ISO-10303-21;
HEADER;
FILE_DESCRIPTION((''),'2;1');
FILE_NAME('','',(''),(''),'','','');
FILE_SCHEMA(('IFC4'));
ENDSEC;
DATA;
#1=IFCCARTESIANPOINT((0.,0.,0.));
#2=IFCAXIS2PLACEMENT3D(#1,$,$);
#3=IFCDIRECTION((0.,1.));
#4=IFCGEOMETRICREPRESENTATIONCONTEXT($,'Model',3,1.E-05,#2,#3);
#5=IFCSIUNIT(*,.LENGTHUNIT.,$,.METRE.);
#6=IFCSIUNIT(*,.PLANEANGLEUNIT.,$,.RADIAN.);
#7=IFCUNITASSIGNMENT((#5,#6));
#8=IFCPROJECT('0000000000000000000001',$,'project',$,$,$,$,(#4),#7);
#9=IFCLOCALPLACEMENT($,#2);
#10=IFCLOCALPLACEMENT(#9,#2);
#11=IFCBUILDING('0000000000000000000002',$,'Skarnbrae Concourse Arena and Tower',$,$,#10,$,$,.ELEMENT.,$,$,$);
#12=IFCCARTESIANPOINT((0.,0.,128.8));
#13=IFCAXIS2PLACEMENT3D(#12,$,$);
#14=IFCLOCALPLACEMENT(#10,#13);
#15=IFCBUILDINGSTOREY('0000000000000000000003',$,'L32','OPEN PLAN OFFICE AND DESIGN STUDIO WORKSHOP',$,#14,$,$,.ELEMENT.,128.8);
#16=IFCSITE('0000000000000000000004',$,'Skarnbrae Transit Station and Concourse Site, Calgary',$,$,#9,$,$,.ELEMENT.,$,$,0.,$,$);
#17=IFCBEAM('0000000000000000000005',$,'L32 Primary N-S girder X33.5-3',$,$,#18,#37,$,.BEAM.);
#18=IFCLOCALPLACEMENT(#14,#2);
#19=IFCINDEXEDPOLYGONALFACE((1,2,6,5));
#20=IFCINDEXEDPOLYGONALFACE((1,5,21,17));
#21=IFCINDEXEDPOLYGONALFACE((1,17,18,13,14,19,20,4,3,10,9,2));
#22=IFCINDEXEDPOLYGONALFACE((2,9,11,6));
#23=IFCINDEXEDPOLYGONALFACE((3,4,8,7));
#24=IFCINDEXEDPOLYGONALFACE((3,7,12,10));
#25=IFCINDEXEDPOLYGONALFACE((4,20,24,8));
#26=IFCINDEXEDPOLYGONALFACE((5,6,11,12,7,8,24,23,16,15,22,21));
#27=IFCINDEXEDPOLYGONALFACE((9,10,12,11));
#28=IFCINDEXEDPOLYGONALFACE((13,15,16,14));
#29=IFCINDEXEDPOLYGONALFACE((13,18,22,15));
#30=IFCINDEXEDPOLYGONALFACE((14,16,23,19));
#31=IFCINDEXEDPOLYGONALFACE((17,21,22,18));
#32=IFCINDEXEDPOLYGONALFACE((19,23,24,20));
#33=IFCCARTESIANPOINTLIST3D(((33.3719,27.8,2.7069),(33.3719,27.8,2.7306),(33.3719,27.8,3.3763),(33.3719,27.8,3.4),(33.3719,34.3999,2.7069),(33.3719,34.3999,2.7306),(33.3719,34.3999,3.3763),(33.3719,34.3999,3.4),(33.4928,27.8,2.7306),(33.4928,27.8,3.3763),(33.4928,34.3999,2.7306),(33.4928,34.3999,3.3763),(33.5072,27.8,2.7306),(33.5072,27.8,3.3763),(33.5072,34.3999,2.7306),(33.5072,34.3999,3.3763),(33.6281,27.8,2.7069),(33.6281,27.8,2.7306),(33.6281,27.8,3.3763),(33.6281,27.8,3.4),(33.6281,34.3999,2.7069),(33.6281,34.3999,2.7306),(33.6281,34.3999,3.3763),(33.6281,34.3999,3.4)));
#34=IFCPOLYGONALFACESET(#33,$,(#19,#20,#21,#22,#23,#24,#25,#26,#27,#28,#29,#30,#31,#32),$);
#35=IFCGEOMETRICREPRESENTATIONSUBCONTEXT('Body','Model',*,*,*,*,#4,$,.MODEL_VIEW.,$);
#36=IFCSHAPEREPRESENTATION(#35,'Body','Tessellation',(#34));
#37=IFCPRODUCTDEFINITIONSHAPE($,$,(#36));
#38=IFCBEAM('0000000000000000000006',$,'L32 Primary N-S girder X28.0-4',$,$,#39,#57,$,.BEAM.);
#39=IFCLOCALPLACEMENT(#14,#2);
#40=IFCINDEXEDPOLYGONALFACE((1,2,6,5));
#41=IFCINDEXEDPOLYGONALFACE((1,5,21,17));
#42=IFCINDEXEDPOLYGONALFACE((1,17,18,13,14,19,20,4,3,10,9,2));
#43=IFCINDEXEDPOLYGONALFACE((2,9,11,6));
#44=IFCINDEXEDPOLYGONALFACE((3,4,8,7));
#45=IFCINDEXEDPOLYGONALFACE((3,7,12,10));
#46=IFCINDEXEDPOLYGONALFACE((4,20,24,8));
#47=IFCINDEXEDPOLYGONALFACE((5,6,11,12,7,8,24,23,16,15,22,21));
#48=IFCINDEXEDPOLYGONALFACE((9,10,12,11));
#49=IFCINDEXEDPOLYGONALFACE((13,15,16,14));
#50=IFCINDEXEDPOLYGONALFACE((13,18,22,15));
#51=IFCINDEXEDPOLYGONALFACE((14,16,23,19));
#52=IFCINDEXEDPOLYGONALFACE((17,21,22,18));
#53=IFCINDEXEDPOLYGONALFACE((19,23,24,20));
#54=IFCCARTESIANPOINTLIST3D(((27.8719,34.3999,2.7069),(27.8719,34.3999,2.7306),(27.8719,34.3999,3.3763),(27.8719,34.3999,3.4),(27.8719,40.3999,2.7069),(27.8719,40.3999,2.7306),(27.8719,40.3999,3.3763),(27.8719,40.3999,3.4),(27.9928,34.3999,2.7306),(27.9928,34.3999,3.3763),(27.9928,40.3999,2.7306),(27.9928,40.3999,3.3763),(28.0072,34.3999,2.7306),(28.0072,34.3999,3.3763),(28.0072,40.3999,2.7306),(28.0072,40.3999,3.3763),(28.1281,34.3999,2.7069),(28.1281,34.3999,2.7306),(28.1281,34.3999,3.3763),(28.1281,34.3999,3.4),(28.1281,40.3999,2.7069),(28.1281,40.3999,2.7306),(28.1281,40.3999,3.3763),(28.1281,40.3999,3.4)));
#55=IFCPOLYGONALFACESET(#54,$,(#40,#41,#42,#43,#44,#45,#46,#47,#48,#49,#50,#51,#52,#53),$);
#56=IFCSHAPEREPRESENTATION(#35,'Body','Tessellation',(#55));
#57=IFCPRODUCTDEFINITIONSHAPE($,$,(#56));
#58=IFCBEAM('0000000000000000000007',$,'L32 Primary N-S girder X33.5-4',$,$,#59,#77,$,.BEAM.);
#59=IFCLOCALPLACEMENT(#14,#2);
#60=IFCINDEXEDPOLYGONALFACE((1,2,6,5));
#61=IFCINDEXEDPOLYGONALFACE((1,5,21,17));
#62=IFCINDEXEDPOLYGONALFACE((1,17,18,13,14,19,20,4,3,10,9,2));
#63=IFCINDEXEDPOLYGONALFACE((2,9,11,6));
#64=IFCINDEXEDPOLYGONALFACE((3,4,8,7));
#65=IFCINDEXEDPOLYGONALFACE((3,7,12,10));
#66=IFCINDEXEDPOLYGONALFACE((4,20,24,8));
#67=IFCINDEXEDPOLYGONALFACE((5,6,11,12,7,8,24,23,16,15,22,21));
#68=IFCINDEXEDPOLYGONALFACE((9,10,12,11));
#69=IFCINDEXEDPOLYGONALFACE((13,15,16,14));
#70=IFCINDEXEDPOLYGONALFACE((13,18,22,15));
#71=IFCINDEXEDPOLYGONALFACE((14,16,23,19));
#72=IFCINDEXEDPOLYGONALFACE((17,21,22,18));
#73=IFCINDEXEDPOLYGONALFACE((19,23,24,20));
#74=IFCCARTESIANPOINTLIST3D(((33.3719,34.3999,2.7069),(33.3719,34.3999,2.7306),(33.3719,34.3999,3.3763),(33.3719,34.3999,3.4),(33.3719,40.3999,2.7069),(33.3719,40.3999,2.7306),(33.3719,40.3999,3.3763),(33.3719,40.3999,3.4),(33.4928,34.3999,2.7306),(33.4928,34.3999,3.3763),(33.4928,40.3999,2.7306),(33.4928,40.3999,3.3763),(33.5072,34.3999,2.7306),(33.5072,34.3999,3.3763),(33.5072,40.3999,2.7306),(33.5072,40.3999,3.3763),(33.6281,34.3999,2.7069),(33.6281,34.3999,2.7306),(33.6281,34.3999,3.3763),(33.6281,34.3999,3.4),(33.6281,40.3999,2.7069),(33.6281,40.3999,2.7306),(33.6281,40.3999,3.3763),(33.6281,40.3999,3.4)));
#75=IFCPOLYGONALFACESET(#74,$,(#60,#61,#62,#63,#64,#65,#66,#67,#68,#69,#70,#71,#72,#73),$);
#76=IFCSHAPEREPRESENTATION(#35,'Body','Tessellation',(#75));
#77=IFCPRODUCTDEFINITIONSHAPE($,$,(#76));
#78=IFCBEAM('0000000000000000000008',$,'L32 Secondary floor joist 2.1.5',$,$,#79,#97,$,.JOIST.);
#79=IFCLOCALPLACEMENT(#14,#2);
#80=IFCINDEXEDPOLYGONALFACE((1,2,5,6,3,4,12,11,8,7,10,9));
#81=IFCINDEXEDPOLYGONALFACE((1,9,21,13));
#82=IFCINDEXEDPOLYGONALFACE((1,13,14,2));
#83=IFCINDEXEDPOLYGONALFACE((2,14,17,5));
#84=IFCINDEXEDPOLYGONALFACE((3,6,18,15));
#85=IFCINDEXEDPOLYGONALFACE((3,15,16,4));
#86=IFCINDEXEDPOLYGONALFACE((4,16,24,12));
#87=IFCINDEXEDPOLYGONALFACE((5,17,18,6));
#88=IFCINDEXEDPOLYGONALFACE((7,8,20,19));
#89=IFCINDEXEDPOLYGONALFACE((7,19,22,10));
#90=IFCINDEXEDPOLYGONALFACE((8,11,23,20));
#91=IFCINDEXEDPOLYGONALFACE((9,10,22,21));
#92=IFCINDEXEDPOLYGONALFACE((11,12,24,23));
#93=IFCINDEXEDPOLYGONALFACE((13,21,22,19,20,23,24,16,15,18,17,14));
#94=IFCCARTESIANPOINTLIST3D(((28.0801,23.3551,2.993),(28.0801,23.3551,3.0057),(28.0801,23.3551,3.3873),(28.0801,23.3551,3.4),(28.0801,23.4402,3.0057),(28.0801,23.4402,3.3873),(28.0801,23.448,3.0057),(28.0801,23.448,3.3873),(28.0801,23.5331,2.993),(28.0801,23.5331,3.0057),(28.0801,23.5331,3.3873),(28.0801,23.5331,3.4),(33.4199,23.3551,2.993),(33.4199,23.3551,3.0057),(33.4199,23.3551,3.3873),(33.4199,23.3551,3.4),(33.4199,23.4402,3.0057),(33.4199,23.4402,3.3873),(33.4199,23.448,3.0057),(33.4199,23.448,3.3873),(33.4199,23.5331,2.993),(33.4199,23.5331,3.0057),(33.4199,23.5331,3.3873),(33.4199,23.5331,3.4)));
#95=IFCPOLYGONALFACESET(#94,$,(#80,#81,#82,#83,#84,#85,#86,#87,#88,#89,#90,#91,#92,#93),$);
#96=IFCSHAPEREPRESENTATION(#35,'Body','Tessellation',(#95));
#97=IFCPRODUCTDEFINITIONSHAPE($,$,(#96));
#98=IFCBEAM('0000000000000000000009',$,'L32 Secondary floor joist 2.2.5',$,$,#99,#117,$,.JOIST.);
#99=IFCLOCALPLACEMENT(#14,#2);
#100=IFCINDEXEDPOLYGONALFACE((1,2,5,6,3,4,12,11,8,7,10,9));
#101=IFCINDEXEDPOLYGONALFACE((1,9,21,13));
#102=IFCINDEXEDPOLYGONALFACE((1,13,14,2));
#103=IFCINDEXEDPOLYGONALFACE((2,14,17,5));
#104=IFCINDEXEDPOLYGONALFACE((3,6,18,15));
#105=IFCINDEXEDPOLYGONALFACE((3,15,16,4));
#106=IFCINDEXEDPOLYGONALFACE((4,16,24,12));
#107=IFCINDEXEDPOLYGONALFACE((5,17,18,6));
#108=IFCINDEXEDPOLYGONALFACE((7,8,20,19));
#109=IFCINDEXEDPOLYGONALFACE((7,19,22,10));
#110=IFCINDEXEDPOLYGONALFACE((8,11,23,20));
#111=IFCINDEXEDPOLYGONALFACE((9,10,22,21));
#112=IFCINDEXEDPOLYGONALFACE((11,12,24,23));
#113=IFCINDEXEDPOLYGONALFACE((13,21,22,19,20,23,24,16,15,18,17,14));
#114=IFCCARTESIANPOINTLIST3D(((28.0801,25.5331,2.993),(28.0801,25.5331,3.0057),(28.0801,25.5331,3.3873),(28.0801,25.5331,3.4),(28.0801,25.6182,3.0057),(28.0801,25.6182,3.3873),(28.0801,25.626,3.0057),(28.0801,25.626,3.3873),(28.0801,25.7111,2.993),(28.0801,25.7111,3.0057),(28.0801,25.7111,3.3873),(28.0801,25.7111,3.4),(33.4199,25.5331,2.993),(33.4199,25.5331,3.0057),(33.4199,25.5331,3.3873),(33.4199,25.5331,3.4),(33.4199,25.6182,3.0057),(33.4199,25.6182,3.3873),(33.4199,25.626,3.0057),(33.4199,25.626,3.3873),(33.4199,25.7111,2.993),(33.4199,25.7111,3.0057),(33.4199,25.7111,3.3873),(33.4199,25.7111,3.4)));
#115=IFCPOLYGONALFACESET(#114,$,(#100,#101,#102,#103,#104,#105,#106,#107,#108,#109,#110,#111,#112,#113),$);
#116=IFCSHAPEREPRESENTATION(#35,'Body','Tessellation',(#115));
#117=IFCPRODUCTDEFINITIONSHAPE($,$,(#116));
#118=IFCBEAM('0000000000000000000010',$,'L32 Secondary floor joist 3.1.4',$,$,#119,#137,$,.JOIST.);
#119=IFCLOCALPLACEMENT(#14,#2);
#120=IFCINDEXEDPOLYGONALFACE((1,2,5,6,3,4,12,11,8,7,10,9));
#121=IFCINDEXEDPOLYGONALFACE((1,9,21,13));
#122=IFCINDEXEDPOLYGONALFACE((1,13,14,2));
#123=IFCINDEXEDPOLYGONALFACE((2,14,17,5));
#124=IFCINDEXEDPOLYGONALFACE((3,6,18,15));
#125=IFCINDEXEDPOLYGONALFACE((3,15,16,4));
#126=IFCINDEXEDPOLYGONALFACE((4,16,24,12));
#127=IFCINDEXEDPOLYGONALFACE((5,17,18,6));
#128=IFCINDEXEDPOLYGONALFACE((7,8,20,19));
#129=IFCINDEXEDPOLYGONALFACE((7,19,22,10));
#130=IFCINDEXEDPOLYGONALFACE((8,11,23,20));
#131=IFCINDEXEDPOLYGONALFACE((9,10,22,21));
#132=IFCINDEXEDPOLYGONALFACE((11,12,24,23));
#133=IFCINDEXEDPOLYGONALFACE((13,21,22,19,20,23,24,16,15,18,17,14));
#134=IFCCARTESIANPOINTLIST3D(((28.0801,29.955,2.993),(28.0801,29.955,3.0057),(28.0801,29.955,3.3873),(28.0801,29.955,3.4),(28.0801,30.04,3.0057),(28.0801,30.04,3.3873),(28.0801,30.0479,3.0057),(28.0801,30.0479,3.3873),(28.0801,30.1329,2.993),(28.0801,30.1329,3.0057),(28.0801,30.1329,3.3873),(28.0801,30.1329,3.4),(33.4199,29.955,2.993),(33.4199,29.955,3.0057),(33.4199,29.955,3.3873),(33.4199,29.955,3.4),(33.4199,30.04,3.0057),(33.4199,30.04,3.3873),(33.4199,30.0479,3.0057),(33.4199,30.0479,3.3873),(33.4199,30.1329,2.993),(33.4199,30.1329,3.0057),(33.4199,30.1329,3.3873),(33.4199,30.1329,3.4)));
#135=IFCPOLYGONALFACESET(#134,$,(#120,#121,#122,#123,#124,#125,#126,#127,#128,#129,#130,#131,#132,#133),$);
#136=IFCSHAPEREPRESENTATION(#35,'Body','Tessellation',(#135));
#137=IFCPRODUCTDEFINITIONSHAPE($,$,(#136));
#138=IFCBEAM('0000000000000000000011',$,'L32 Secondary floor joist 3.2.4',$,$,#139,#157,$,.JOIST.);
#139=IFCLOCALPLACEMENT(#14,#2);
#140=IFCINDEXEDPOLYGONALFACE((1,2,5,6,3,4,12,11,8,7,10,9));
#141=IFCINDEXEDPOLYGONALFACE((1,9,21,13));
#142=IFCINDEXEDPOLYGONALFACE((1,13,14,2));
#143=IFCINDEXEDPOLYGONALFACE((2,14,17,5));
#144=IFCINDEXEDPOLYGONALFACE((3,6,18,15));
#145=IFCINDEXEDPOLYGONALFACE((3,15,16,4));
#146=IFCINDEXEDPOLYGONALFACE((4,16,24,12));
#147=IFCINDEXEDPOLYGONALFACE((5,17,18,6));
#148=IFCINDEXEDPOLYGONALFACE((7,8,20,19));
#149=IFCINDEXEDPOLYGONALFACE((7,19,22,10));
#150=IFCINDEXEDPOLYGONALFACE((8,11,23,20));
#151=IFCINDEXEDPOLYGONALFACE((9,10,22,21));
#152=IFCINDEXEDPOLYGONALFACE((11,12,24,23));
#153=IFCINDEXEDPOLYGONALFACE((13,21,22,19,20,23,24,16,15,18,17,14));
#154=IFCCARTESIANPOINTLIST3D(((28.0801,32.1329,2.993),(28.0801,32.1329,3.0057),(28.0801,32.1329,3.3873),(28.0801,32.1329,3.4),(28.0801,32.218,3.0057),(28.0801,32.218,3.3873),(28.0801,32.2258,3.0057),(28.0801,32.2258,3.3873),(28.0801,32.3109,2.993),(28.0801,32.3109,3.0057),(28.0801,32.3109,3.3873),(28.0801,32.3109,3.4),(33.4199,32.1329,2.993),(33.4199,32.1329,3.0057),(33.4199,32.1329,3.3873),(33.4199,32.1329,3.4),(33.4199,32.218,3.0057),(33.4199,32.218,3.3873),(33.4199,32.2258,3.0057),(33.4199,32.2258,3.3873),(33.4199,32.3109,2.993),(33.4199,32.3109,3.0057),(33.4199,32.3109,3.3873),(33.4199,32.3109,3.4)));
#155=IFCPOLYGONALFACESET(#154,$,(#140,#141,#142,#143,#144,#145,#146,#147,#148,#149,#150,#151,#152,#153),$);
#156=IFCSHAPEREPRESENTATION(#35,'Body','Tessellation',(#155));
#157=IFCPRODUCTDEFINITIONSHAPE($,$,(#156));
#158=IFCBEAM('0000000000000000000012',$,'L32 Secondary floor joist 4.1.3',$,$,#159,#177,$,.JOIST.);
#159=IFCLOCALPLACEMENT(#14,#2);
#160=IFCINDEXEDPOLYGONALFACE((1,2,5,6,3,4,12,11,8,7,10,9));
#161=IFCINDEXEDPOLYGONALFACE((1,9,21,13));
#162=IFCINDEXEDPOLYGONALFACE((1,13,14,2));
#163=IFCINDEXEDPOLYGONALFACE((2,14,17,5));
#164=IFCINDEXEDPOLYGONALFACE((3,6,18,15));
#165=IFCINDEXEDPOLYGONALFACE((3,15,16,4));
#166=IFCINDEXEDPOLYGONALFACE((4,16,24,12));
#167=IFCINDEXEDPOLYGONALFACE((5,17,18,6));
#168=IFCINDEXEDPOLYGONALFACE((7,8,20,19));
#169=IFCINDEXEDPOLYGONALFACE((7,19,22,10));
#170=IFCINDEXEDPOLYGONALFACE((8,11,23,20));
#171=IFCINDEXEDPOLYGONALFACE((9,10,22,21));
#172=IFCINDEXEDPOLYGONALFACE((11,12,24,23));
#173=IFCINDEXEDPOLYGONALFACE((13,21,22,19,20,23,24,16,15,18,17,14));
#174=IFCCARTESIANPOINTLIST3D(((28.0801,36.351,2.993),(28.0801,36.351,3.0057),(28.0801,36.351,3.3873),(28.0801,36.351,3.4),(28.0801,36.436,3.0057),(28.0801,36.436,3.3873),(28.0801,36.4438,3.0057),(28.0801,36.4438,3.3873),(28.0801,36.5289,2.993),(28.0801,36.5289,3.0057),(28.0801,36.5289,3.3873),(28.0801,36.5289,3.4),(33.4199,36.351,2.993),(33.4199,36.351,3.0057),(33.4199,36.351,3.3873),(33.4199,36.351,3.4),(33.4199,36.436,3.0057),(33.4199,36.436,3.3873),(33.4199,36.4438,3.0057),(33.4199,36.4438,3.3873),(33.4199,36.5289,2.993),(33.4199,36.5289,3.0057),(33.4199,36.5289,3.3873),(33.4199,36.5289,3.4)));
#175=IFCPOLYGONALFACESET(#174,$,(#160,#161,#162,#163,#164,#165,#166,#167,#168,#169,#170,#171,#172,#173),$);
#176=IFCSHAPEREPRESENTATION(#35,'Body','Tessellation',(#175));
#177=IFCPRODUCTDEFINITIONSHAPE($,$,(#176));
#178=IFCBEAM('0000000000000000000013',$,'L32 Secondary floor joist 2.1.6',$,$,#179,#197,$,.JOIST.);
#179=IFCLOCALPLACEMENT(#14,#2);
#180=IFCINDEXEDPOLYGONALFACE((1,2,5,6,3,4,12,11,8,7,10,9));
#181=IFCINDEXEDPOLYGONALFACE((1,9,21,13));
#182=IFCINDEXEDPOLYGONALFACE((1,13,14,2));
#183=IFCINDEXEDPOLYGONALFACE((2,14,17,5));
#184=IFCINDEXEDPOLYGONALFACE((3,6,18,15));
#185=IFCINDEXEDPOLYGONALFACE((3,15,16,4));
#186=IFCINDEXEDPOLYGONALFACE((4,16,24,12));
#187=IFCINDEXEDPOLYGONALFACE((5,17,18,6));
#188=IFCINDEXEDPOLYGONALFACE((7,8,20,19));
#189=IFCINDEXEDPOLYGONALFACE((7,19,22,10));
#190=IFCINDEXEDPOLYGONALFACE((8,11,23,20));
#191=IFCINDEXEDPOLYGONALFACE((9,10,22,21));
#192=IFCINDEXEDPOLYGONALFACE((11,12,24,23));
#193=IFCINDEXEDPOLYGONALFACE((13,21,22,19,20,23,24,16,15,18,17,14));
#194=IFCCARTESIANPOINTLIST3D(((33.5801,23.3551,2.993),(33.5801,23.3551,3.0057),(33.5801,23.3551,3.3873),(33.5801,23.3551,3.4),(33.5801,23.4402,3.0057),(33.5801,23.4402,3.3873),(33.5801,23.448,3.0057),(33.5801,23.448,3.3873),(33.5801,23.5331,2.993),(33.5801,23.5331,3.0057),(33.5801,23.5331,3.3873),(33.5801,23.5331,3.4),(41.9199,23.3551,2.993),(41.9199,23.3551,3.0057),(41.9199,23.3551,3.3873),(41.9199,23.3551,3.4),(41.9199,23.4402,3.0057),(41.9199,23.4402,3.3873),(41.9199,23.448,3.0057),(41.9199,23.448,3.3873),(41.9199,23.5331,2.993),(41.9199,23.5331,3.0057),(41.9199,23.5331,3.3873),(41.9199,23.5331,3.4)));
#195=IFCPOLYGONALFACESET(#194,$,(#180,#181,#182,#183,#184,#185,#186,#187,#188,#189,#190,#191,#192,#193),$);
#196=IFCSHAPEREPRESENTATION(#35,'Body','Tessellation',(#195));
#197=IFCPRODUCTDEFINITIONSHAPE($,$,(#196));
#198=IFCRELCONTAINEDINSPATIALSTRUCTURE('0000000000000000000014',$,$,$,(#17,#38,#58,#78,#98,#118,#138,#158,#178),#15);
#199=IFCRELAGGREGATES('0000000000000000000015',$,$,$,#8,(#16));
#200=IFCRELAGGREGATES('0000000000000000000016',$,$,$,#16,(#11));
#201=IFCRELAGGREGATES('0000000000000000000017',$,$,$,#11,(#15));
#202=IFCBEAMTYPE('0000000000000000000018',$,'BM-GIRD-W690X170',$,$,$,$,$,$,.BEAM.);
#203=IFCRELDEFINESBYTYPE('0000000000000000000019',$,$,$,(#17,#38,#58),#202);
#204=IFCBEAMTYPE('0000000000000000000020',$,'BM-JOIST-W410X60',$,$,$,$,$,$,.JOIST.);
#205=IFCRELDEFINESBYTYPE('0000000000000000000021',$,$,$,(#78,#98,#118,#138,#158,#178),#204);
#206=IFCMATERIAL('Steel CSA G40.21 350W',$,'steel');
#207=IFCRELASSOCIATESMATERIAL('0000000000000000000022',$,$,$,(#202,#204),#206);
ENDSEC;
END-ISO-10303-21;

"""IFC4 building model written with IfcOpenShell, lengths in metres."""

from ifc_helpers import new_model, si_unit, direction, frame, origin, origin_2d, place, context, subcontext, project, spatial, i_section, extrude, source, transform, mapped, material, material_profile, profile_set, type_object, element, save


model = new_model("IFC4")

# Units and contexts
model_context = context("Model", 3, precision=1e-05, world=origin(), true_north=direction((0.0, 1.0)))
body_context = subcontext(model_context, "Body", "Model", "MODEL_VIEW")
ifc_project = project(units=[si_unit("LENGTHUNIT", "METRE"), si_unit("PLANEANGLEUNIT", "RADIAN")], contexts=[model_context])

# Site, building, storey
site_placement = place(None, origin())
site = spatial("IfcSite", under=ifc_project, at=site_placement, Name="Skarnbrae Transit Station and Concourse Site, Calgary", CompositionType="ELEMENT", RefElevation=0.0)
building_placement = place(site_placement, origin())
building = spatial("IfcBuilding", under=site, at=building_placement, Name="Skarnbrae Concourse Arena and Tower", CompositionType="ELEMENT")
storey_placement = place(building_placement, frame((0.0, 0.0, 128.8)))
storey = spatial("IfcBuildingStorey", under=building, at=storey_placement, Name="L32", Description="OPEN PLAN OFFICE AND DESIGN STUDIO WORKSHOP", CompositionType="ELEMENT", Elevation=128.8)

# Shared definitions
ifc_material_1 = material(Name="Steel CSA G40.21 350W", Category="steel")

# Beams
ifc_material_profile_1 = material_profile(ifc_material_1, i_section(OverallWidth=0.2561, OverallDepth=0.6931, WebThickness=0.0144, FlangeThickness=0.0237, at=origin_2d()), Name="W690X170")
ifc_profile_set_1 = profile_set([ifc_material_profile_1], Name="Steel CSA G40.21 350W")
beam_type_1 = type_object("IfcBeamType", Name="BM-GIRD-W690X170", PredefinedType="BEAM", material=ifc_profile_set_1)
shared_shape_1 = source(origin(), body_context, "Body", "SweptSolid", [
    extrude(i_section(OverallWidth=0.2561, OverallDepth=0.6931, WebThickness=0.0144, FlangeThickness=0.0237, at=origin_2d()), origin(), (0.0, 0.0, 1.0), 6.5999),
])
for number, where, z_axis, x_axis, name in (
    (1, (33.5, 27.8, 3.0535), (0.0, 1.0, 0.0), (-1.0, 0.0, 0.0), "L32 Primary N-S girder X33.5-3"),
):
    element("IfcBeam", number, at=place(storey_placement, frame(where, z_axis=z_axis, x_axis=x_axis)), inside=storey, type_object=beam_type_1, Name=name, PredefinedType="BEAM", context=body_context, shape_type="MappedRepresentation", body=[
        mapped(shared_shape_1, transform((0.0, 0.0, 0.0))),
    ])
shared_shape_2 = source(origin(), body_context, "Body", "SweptSolid", [
    extrude(i_section(OverallWidth=0.2561, OverallDepth=0.6931, WebThickness=0.0144, FlangeThickness=0.0237, at=origin_2d()), origin(), (0.0, 0.0, 1.0), 6.0),
])
for number, where, z_axis, x_axis, name in (
    (2, (28.0, 34.3999, 3.0535), (0.0, 1.0, 0.0), (-1.0, 0.0, 0.0), "L32 Primary N-S girder X28.0-4"),
    (3, (33.5, 34.3999, 3.0535), (0.0, 1.0, 0.0), (-1.0, 0.0, 0.0), "L32 Primary N-S girder X33.5-4"),
):
    element("IfcBeam", number, at=place(storey_placement, frame(where, z_axis=z_axis, x_axis=x_axis)), inside=storey, type_object=beam_type_1, Name=name, PredefinedType="BEAM", context=body_context, shape_type="MappedRepresentation", body=[
        mapped(shared_shape_2, transform((0.0, 0.0, 0.0))),
    ])
ifc_material_profile_2 = material_profile(ifc_material_1, i_section(OverallWidth=0.178, OverallDepth=0.407, WebThickness=0.0078, FlangeThickness=0.0127, at=origin_2d()), Name="W410X60")
ifc_profile_set_2 = profile_set([ifc_material_profile_2], Name="Steel CSA G40.21 350W")
beam_type_2 = type_object("IfcBeamType", Name="BM-JOIST-W410X60", PredefinedType="JOIST", material=ifc_profile_set_2)
shared_shape_3 = source(origin(), body_context, "Body", "SweptSolid", [
    extrude(i_section(OverallWidth=0.178, OverallDepth=0.407, WebThickness=0.0078, FlangeThickness=0.0127, at=origin_2d()), origin(), (0.0, 0.0, 1.0), 5.3398),
])
for number, where, z_axis, x_axis, name in (
    (4, (28.0801, 23.4441, 3.1965), (1.0, 0.0, 0.0), (0.0, 1.0, 0.0), "L32 Secondary floor joist 2.1.5"),
    (5, (28.0801, 25.6221, 3.1965), (1.0, 0.0, 0.0), (0.0, 1.0, 0.0), "L32 Secondary floor joist 2.2.5"),
    (6, (28.0801, 30.0439, 3.1965), (1.0, 0.0, 0.0), (0.0, 1.0, 0.0), "L32 Secondary floor joist 3.1.4"),
    (7, (28.0801, 32.2219, 3.1965), (1.0, 0.0, 0.0), (0.0, 1.0, 0.0), "L32 Secondary floor joist 3.2.4"),
    (8, (28.0801, 36.4399, 3.1965), (1.0, 0.0, 0.0), (0.0, 1.0, 0.0), "L32 Secondary floor joist 4.1.3"),
):
    element("IfcBeam", number, at=place(storey_placement, frame(where, z_axis=z_axis, x_axis=x_axis)), inside=storey, type_object=beam_type_2, Name=name, PredefinedType="JOIST", context=body_context, shape_type="MappedRepresentation", body=[
        mapped(shared_shape_3, transform((0.0, 0.0, 0.0))),
    ])
shared_shape_4 = source(origin(), body_context, "Body", "SweptSolid", [
    extrude(i_section(OverallWidth=0.178, OverallDepth=0.407, WebThickness=0.0078, FlangeThickness=0.0127, at=origin_2d()), origin(), (0.0, 0.0, 1.0), 8.3398),
])
for number, where, z_axis, x_axis, name in (
    (9, (33.5801, 23.4441, 3.1965), (1.0, 0.0, 0.0), (0.0, 1.0, 0.0), "L32 Secondary floor joist 2.1.6"),
):
    element("IfcBeam", number, at=place(storey_placement, frame(where, z_axis=z_axis, x_axis=x_axis)), inside=storey, type_object=beam_type_2, Name=name, PredefinedType="JOIST", context=body_context, shape_type="MappedRepresentation", body=[
        mapped(shared_shape_4, transform((0.0, 0.0, 0.0))),
    ])

save(model, "model.ifc")
